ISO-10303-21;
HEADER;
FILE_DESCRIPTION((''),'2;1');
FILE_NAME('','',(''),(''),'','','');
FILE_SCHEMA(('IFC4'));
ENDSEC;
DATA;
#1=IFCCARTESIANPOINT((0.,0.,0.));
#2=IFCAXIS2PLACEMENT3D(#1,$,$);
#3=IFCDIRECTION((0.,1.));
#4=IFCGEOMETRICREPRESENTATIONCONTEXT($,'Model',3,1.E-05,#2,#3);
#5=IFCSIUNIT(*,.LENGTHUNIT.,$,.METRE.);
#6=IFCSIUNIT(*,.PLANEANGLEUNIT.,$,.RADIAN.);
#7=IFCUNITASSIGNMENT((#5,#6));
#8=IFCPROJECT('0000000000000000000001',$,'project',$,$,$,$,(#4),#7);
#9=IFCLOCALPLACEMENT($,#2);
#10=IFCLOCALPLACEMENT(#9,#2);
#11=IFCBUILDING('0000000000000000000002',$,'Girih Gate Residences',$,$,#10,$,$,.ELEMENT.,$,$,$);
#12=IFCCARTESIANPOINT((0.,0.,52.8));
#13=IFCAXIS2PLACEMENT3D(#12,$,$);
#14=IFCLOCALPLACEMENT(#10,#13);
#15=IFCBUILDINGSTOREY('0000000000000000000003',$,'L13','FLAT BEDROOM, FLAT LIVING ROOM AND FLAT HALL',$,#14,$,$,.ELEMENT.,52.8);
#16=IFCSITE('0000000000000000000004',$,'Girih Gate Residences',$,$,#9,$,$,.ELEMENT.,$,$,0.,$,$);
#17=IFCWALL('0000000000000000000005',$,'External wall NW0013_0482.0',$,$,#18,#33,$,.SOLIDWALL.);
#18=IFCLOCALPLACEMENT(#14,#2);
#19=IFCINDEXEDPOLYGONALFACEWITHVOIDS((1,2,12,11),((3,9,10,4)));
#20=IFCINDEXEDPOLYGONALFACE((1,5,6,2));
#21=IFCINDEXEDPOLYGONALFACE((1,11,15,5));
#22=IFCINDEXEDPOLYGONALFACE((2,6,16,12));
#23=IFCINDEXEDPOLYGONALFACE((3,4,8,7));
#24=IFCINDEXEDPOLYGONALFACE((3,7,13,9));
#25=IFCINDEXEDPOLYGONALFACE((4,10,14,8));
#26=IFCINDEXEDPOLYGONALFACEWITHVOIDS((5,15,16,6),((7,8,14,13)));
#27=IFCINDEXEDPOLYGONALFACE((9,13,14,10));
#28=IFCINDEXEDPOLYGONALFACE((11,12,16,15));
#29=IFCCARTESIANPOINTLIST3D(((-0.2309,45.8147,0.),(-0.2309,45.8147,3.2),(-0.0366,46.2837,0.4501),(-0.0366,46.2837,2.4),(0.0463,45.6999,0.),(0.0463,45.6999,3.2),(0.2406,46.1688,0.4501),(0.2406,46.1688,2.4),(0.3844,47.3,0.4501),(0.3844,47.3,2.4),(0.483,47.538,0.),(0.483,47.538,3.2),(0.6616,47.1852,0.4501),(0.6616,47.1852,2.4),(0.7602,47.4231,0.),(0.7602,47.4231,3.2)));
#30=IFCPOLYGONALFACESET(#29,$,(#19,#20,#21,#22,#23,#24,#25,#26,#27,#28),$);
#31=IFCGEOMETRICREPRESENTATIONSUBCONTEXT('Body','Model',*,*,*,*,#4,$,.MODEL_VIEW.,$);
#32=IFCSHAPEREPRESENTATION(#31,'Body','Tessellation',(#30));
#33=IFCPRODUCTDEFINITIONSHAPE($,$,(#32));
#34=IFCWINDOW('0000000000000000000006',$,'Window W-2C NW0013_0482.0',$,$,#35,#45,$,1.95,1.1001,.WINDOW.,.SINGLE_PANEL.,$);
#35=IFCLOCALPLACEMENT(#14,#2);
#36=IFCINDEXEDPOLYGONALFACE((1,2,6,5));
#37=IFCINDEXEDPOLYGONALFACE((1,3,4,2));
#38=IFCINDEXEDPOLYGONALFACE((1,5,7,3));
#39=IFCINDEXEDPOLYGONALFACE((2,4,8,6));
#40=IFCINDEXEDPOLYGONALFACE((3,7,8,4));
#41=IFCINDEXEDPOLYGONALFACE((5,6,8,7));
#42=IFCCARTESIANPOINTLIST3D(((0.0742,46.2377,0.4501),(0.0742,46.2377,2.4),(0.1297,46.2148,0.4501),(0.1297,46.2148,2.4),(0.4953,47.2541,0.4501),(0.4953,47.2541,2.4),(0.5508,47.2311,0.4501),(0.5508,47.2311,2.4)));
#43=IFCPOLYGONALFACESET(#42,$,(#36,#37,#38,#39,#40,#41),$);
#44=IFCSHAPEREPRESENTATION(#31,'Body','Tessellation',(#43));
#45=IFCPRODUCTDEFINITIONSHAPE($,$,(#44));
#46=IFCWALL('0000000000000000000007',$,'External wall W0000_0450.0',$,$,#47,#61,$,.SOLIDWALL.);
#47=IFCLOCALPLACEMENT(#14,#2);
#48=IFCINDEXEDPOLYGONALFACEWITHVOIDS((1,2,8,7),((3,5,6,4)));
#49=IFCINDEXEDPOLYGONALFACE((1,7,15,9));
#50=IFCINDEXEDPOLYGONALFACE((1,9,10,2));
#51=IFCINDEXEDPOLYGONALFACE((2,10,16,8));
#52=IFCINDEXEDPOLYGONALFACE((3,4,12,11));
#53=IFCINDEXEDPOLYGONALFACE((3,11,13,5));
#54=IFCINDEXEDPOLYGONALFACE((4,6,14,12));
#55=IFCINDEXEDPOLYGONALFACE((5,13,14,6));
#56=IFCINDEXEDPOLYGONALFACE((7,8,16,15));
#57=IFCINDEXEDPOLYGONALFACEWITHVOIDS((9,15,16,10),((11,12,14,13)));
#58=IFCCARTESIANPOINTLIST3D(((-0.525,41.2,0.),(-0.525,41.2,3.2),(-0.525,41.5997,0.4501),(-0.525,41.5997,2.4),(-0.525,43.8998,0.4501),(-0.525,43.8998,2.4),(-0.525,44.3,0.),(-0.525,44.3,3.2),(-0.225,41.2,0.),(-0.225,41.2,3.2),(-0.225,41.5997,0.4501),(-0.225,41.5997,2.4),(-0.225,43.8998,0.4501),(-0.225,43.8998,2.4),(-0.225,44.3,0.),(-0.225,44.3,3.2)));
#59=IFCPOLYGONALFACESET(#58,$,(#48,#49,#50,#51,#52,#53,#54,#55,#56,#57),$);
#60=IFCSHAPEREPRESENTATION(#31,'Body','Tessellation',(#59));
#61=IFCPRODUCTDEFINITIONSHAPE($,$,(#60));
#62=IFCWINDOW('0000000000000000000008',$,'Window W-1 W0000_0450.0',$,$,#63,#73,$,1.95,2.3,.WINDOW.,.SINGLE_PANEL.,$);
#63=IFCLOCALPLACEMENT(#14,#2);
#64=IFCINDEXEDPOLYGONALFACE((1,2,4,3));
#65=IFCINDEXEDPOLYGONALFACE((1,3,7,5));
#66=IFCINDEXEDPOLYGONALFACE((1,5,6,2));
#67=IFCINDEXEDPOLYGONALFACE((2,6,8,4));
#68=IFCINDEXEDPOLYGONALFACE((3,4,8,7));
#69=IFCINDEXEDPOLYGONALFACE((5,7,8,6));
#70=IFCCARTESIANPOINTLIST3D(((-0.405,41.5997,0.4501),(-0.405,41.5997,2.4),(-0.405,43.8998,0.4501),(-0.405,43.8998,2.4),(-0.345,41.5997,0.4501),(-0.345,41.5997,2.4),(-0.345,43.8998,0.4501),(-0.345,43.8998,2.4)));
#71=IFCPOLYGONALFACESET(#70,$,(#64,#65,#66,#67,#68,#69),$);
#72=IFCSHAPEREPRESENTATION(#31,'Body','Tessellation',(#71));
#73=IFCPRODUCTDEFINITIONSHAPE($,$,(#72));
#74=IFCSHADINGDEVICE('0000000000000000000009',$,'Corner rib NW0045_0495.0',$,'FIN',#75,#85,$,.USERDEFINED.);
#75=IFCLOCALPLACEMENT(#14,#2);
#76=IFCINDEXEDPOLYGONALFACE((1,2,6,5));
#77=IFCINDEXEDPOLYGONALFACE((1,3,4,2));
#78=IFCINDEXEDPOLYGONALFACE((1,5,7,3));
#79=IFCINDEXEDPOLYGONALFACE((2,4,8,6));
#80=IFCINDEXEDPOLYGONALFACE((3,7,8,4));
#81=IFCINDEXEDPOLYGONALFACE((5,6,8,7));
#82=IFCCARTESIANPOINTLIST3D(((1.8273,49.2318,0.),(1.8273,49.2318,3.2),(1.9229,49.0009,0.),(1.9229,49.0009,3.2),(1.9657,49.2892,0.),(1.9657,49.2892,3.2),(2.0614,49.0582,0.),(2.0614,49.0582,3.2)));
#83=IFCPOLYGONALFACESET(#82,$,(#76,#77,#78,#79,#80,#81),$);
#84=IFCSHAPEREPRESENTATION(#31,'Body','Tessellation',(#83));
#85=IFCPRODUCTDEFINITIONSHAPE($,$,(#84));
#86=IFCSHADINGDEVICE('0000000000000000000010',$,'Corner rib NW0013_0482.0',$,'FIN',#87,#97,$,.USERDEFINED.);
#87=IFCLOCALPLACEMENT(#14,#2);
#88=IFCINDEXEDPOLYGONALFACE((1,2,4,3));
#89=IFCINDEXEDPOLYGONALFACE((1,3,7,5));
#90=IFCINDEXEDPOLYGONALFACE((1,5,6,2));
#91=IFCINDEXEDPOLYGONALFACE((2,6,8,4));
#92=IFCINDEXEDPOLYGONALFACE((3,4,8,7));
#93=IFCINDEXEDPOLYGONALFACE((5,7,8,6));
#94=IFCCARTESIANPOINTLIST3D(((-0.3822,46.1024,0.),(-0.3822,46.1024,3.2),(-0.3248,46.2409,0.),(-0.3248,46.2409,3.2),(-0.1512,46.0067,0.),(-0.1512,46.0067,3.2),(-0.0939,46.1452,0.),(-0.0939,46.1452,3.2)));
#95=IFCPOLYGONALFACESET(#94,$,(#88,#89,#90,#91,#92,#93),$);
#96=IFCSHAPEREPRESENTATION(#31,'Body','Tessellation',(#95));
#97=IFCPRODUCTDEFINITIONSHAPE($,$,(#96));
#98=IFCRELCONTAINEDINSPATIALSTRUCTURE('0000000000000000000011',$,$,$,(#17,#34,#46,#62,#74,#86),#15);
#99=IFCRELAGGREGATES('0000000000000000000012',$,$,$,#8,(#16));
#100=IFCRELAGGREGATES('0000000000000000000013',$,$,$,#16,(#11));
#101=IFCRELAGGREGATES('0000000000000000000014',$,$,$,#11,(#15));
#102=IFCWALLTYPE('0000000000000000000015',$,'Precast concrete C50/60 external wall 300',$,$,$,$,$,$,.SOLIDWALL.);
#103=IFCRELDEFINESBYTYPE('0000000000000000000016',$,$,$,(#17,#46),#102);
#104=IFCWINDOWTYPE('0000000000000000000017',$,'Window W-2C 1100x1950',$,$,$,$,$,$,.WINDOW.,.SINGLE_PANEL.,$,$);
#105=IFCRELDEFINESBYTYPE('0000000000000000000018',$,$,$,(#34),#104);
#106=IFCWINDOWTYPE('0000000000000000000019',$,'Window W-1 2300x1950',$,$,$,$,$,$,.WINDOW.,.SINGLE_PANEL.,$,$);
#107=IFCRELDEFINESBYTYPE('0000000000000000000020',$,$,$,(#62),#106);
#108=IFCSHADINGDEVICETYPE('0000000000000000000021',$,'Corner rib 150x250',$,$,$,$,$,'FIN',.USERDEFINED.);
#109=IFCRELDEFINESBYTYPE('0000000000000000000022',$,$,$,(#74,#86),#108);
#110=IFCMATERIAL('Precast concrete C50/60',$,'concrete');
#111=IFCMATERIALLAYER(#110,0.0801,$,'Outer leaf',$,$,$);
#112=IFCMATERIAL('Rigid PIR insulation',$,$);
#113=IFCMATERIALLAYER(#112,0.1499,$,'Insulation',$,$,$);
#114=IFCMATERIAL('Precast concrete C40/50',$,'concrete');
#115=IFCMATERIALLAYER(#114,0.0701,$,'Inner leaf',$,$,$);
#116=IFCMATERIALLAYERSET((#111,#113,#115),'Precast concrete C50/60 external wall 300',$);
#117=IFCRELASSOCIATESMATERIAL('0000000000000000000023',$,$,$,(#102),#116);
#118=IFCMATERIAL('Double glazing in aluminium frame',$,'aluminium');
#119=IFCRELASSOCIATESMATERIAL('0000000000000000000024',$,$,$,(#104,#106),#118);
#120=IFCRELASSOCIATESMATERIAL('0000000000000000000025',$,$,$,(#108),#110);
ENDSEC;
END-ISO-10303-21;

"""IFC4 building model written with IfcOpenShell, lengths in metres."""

from ifc_helpers import new_model, si_unit, direction, frame, frame_2d, origin, origin_2d, place, context, subcontext, project, spatial, rectangle, extrude, material, layer, layer_set, type_object, element, fill, save


model = new_model("IFC4")

# Units and contexts
model_context = context("Model", 3, precision=1e-05, world=origin(), true_north=direction((0.0, 1.0)))
body_context = subcontext(model_context, "Body", "Model", "MODEL_VIEW")
ifc_project = project(units=[si_unit("LENGTHUNIT", "METRE"), si_unit("PLANEANGLEUNIT", "RADIAN")], contexts=[model_context])

# Site, building, storey
site_placement = place(None, origin())
site = spatial("IfcSite", under=ifc_project, at=site_placement, Name="Girih Gate Residences", CompositionType="ELEMENT", RefElevation=0.0)
building_placement = place(site_placement, origin())
building = spatial("IfcBuilding", under=site, at=building_placement, Name="Girih Gate Residences", CompositionType="ELEMENT")
storey_placement = place(building_placement, frame((0.0, 0.0, 52.8)))
storey = spatial("IfcBuildingStorey", under=building, at=storey_placement, Name="L13", Description="FLAT BEDROOM, FLAT LIVING ROOM AND FLAT HALL", CompositionType="ELEMENT", Elevation=52.8)

# Walls, openings, windows
ifc_material_1 = material(Name="Precast concrete C50/60", Category="concrete")
ifc_layer_1 = layer(ifc_material_1, 0.0801, Name="Outer leaf")
ifc_material_2 = material(Name="Rigid PIR insulation")
ifc_layer_2 = layer(ifc_material_2, 0.1499, Name="Insulation")
ifc_material_3 = material(Name="Precast concrete C40/50", Category="concrete")
ifc_layer_3 = layer(ifc_material_3, 0.0701, Name="Inner leaf")
ifc_layer_set_1 = layer_set([ifc_layer_1, ifc_layer_2, ifc_layer_3], Name="Precast concrete C50/60 external wall 300")
wall_type_1 = type_object("IfcWallType", Name="Precast concrete C50/60 external wall 300", PredefinedType="SOLIDWALL", material=ifc_layer_set_1)
ifc_material_4 = material(Name="Double glazing in aluminium frame", Category="aluminium")
window_type_1 = type_object("IfcWindowType", Name="Window W-2C 1100x1950", PartitioningType="SINGLE_PANEL", PredefinedType="WINDOW", material=ifc_material_4)
wall_1_placement = place(storey_placement, frame((-0.0923, 45.7573, 0.0), z_axis=(0.0, 0.0, 1.0), x_axis=(0.382737, 0.923857, 0.0)))
wall_1 = element("IfcWall", 1, at=wall_1_placement, inside=storey, type_object=wall_type_1, Name="External wall NW0013_0482.0", PredefinedType="SOLIDWALL", context=body_context, shape_type="SweptSolid", body=[
    extrude(rectangle(XDim=1.8652, YDim=0.3, at=frame_2d((0.9326, 0.0))), origin(), (0.0, 0.0, 1.0), 3.2),
])
opening_1_placement = place(wall_1_placement, frame((0.5076, 0.0, 0.45)))
opening_1 = element("IfcOpeningElement", 2, at=opening_1_placement, cuts=wall_1, PredefinedType="OPENING", context=body_context, shape_type="SweptSolid", body=[
    extrude(rectangle(XDim=1.1001, YDim=1.95, at=frame_2d((0.55, 0.9751))), frame((0.0, 0.1599, 0.0), z_axis=(0.0, -1.0, 0.0), x_axis=(1.0, 0.0, 0.0)), (0.0, 0.0, 1.0), 0.3201),
])
window_1_placement = place(opening_1_placement, origin())
window_1 = element("IfcWindow", 3, at=window_1_placement, inside=storey, type_object=window_type_1, Name="Window W-2C NW0013_0482.0", OverallHeight=1.95, OverallWidth=1.1001, PartitioningType="SINGLE_PANEL", PredefinedType="WINDOW", context=body_context, shape_type="SweptSolid", body=[
    extrude(rectangle(XDim=1.1001, YDim=1.95, at=frame_2d((0.55, 0.9751))), frame((0.0, 0.03, 0.0), z_axis=(0.0, -1.0, 0.0), x_axis=(1.0, 0.0, 0.0)), (0.0, 0.0, 1.0), 0.0601),
])
fill(opening_1, window_1)
wall_2_placement = place(storey_placement, frame((-0.375, 41.2, 0.0), z_axis=(0.0, 0.0, 1.0), x_axis=(0.0, 1.0, 0.0)))
wall_2 = element("IfcWall", 4, at=wall_2_placement, inside=storey, type_object=wall_type_1, Name="External wall W0000_0450.0", PredefinedType="SOLIDWALL", context=body_context, shape_type="SweptSolid", body=[
    extrude(rectangle(XDim=3.1001, YDim=0.3, at=frame_2d((1.55, 0.0))), origin(), (0.0, 0.0, 1.0), 3.2),
])
opening_2_placement = place(wall_2_placement, frame((0.3999, 0.0, 0.45)))
opening_2 = element("IfcOpeningElement", 5, at=opening_2_placement, cuts=wall_2, PredefinedType="OPENING", context=body_context, shape_type="SweptSolid", body=[
    extrude(rectangle(XDim=2.3, YDim=1.95, at=frame_2d((1.1499, 0.9751))), frame((0.0, 0.1599, 0.0), z_axis=(0.0, -1.0, 0.0), x_axis=(1.0, 0.0, 0.0)), (0.0, 0.0, 1.0), 0.3201),
])
window_type_2 = type_object("IfcWindowType", Name="Window W-1 2300x1950", PartitioningType="SINGLE_PANEL", PredefinedType="WINDOW", material=ifc_material_4)
window_2_placement = place(opening_2_placement, origin())
window_2 = element("IfcWindow", 6, at=window_2_placement, inside=storey, type_object=window_type_2, Name="Window W-1 W0000_0450.0", OverallHeight=1.95, OverallWidth=2.3, PartitioningType="SINGLE_PANEL", PredefinedType="WINDOW", context=body_context, shape_type="SweptSolid", body=[
    extrude(rectangle(XDim=2.3, YDim=1.95, at=frame_2d((1.1499, 0.9751))), frame((0.0, 0.03, 0.0), z_axis=(0.0, -1.0, 0.0), x_axis=(1.0, 0.0, 0.0)), (0.0, 0.0, 1.0), 0.0601),
])
fill(opening_2, window_2)

# Shading devices
shading_device_type = type_object("IfcShadingDeviceType", Name="Corner rib 150x250", ElementType="FIN", PredefinedType="USERDEFINED", material=ifc_material_1)
for number, where, z_axis, x_axis, name in (
    (7, (1.9443, 49.145, 0.0), (0.0, 0.0, 1.0), (-0.92388, -0.382683, 0.0), "Corner rib NW0045_0495.0"),
    (8, (-0.238, 46.1238, 0.0), (0.0, 0.0, 1.0), (-0.382683, -0.92388, 0.0), "Corner rib NW0013_0482.0"),
):
    element("IfcShadingDevice", number, at=place(storey_placement, frame(where, z_axis=z_axis, x_axis=x_axis)), inside=storey, type_object=shading_device_type, Name=name, ObjectType="FIN", PredefinedType="USERDEFINED", context=body_context, shape_type="SweptSolid", body=[
        extrude(rectangle(XDim=0.1499, YDim=0.25, at=origin_2d()), origin(), (0.0, 0.0, 1.0), 3.2),
    ])

save(model, "model.ifc")
